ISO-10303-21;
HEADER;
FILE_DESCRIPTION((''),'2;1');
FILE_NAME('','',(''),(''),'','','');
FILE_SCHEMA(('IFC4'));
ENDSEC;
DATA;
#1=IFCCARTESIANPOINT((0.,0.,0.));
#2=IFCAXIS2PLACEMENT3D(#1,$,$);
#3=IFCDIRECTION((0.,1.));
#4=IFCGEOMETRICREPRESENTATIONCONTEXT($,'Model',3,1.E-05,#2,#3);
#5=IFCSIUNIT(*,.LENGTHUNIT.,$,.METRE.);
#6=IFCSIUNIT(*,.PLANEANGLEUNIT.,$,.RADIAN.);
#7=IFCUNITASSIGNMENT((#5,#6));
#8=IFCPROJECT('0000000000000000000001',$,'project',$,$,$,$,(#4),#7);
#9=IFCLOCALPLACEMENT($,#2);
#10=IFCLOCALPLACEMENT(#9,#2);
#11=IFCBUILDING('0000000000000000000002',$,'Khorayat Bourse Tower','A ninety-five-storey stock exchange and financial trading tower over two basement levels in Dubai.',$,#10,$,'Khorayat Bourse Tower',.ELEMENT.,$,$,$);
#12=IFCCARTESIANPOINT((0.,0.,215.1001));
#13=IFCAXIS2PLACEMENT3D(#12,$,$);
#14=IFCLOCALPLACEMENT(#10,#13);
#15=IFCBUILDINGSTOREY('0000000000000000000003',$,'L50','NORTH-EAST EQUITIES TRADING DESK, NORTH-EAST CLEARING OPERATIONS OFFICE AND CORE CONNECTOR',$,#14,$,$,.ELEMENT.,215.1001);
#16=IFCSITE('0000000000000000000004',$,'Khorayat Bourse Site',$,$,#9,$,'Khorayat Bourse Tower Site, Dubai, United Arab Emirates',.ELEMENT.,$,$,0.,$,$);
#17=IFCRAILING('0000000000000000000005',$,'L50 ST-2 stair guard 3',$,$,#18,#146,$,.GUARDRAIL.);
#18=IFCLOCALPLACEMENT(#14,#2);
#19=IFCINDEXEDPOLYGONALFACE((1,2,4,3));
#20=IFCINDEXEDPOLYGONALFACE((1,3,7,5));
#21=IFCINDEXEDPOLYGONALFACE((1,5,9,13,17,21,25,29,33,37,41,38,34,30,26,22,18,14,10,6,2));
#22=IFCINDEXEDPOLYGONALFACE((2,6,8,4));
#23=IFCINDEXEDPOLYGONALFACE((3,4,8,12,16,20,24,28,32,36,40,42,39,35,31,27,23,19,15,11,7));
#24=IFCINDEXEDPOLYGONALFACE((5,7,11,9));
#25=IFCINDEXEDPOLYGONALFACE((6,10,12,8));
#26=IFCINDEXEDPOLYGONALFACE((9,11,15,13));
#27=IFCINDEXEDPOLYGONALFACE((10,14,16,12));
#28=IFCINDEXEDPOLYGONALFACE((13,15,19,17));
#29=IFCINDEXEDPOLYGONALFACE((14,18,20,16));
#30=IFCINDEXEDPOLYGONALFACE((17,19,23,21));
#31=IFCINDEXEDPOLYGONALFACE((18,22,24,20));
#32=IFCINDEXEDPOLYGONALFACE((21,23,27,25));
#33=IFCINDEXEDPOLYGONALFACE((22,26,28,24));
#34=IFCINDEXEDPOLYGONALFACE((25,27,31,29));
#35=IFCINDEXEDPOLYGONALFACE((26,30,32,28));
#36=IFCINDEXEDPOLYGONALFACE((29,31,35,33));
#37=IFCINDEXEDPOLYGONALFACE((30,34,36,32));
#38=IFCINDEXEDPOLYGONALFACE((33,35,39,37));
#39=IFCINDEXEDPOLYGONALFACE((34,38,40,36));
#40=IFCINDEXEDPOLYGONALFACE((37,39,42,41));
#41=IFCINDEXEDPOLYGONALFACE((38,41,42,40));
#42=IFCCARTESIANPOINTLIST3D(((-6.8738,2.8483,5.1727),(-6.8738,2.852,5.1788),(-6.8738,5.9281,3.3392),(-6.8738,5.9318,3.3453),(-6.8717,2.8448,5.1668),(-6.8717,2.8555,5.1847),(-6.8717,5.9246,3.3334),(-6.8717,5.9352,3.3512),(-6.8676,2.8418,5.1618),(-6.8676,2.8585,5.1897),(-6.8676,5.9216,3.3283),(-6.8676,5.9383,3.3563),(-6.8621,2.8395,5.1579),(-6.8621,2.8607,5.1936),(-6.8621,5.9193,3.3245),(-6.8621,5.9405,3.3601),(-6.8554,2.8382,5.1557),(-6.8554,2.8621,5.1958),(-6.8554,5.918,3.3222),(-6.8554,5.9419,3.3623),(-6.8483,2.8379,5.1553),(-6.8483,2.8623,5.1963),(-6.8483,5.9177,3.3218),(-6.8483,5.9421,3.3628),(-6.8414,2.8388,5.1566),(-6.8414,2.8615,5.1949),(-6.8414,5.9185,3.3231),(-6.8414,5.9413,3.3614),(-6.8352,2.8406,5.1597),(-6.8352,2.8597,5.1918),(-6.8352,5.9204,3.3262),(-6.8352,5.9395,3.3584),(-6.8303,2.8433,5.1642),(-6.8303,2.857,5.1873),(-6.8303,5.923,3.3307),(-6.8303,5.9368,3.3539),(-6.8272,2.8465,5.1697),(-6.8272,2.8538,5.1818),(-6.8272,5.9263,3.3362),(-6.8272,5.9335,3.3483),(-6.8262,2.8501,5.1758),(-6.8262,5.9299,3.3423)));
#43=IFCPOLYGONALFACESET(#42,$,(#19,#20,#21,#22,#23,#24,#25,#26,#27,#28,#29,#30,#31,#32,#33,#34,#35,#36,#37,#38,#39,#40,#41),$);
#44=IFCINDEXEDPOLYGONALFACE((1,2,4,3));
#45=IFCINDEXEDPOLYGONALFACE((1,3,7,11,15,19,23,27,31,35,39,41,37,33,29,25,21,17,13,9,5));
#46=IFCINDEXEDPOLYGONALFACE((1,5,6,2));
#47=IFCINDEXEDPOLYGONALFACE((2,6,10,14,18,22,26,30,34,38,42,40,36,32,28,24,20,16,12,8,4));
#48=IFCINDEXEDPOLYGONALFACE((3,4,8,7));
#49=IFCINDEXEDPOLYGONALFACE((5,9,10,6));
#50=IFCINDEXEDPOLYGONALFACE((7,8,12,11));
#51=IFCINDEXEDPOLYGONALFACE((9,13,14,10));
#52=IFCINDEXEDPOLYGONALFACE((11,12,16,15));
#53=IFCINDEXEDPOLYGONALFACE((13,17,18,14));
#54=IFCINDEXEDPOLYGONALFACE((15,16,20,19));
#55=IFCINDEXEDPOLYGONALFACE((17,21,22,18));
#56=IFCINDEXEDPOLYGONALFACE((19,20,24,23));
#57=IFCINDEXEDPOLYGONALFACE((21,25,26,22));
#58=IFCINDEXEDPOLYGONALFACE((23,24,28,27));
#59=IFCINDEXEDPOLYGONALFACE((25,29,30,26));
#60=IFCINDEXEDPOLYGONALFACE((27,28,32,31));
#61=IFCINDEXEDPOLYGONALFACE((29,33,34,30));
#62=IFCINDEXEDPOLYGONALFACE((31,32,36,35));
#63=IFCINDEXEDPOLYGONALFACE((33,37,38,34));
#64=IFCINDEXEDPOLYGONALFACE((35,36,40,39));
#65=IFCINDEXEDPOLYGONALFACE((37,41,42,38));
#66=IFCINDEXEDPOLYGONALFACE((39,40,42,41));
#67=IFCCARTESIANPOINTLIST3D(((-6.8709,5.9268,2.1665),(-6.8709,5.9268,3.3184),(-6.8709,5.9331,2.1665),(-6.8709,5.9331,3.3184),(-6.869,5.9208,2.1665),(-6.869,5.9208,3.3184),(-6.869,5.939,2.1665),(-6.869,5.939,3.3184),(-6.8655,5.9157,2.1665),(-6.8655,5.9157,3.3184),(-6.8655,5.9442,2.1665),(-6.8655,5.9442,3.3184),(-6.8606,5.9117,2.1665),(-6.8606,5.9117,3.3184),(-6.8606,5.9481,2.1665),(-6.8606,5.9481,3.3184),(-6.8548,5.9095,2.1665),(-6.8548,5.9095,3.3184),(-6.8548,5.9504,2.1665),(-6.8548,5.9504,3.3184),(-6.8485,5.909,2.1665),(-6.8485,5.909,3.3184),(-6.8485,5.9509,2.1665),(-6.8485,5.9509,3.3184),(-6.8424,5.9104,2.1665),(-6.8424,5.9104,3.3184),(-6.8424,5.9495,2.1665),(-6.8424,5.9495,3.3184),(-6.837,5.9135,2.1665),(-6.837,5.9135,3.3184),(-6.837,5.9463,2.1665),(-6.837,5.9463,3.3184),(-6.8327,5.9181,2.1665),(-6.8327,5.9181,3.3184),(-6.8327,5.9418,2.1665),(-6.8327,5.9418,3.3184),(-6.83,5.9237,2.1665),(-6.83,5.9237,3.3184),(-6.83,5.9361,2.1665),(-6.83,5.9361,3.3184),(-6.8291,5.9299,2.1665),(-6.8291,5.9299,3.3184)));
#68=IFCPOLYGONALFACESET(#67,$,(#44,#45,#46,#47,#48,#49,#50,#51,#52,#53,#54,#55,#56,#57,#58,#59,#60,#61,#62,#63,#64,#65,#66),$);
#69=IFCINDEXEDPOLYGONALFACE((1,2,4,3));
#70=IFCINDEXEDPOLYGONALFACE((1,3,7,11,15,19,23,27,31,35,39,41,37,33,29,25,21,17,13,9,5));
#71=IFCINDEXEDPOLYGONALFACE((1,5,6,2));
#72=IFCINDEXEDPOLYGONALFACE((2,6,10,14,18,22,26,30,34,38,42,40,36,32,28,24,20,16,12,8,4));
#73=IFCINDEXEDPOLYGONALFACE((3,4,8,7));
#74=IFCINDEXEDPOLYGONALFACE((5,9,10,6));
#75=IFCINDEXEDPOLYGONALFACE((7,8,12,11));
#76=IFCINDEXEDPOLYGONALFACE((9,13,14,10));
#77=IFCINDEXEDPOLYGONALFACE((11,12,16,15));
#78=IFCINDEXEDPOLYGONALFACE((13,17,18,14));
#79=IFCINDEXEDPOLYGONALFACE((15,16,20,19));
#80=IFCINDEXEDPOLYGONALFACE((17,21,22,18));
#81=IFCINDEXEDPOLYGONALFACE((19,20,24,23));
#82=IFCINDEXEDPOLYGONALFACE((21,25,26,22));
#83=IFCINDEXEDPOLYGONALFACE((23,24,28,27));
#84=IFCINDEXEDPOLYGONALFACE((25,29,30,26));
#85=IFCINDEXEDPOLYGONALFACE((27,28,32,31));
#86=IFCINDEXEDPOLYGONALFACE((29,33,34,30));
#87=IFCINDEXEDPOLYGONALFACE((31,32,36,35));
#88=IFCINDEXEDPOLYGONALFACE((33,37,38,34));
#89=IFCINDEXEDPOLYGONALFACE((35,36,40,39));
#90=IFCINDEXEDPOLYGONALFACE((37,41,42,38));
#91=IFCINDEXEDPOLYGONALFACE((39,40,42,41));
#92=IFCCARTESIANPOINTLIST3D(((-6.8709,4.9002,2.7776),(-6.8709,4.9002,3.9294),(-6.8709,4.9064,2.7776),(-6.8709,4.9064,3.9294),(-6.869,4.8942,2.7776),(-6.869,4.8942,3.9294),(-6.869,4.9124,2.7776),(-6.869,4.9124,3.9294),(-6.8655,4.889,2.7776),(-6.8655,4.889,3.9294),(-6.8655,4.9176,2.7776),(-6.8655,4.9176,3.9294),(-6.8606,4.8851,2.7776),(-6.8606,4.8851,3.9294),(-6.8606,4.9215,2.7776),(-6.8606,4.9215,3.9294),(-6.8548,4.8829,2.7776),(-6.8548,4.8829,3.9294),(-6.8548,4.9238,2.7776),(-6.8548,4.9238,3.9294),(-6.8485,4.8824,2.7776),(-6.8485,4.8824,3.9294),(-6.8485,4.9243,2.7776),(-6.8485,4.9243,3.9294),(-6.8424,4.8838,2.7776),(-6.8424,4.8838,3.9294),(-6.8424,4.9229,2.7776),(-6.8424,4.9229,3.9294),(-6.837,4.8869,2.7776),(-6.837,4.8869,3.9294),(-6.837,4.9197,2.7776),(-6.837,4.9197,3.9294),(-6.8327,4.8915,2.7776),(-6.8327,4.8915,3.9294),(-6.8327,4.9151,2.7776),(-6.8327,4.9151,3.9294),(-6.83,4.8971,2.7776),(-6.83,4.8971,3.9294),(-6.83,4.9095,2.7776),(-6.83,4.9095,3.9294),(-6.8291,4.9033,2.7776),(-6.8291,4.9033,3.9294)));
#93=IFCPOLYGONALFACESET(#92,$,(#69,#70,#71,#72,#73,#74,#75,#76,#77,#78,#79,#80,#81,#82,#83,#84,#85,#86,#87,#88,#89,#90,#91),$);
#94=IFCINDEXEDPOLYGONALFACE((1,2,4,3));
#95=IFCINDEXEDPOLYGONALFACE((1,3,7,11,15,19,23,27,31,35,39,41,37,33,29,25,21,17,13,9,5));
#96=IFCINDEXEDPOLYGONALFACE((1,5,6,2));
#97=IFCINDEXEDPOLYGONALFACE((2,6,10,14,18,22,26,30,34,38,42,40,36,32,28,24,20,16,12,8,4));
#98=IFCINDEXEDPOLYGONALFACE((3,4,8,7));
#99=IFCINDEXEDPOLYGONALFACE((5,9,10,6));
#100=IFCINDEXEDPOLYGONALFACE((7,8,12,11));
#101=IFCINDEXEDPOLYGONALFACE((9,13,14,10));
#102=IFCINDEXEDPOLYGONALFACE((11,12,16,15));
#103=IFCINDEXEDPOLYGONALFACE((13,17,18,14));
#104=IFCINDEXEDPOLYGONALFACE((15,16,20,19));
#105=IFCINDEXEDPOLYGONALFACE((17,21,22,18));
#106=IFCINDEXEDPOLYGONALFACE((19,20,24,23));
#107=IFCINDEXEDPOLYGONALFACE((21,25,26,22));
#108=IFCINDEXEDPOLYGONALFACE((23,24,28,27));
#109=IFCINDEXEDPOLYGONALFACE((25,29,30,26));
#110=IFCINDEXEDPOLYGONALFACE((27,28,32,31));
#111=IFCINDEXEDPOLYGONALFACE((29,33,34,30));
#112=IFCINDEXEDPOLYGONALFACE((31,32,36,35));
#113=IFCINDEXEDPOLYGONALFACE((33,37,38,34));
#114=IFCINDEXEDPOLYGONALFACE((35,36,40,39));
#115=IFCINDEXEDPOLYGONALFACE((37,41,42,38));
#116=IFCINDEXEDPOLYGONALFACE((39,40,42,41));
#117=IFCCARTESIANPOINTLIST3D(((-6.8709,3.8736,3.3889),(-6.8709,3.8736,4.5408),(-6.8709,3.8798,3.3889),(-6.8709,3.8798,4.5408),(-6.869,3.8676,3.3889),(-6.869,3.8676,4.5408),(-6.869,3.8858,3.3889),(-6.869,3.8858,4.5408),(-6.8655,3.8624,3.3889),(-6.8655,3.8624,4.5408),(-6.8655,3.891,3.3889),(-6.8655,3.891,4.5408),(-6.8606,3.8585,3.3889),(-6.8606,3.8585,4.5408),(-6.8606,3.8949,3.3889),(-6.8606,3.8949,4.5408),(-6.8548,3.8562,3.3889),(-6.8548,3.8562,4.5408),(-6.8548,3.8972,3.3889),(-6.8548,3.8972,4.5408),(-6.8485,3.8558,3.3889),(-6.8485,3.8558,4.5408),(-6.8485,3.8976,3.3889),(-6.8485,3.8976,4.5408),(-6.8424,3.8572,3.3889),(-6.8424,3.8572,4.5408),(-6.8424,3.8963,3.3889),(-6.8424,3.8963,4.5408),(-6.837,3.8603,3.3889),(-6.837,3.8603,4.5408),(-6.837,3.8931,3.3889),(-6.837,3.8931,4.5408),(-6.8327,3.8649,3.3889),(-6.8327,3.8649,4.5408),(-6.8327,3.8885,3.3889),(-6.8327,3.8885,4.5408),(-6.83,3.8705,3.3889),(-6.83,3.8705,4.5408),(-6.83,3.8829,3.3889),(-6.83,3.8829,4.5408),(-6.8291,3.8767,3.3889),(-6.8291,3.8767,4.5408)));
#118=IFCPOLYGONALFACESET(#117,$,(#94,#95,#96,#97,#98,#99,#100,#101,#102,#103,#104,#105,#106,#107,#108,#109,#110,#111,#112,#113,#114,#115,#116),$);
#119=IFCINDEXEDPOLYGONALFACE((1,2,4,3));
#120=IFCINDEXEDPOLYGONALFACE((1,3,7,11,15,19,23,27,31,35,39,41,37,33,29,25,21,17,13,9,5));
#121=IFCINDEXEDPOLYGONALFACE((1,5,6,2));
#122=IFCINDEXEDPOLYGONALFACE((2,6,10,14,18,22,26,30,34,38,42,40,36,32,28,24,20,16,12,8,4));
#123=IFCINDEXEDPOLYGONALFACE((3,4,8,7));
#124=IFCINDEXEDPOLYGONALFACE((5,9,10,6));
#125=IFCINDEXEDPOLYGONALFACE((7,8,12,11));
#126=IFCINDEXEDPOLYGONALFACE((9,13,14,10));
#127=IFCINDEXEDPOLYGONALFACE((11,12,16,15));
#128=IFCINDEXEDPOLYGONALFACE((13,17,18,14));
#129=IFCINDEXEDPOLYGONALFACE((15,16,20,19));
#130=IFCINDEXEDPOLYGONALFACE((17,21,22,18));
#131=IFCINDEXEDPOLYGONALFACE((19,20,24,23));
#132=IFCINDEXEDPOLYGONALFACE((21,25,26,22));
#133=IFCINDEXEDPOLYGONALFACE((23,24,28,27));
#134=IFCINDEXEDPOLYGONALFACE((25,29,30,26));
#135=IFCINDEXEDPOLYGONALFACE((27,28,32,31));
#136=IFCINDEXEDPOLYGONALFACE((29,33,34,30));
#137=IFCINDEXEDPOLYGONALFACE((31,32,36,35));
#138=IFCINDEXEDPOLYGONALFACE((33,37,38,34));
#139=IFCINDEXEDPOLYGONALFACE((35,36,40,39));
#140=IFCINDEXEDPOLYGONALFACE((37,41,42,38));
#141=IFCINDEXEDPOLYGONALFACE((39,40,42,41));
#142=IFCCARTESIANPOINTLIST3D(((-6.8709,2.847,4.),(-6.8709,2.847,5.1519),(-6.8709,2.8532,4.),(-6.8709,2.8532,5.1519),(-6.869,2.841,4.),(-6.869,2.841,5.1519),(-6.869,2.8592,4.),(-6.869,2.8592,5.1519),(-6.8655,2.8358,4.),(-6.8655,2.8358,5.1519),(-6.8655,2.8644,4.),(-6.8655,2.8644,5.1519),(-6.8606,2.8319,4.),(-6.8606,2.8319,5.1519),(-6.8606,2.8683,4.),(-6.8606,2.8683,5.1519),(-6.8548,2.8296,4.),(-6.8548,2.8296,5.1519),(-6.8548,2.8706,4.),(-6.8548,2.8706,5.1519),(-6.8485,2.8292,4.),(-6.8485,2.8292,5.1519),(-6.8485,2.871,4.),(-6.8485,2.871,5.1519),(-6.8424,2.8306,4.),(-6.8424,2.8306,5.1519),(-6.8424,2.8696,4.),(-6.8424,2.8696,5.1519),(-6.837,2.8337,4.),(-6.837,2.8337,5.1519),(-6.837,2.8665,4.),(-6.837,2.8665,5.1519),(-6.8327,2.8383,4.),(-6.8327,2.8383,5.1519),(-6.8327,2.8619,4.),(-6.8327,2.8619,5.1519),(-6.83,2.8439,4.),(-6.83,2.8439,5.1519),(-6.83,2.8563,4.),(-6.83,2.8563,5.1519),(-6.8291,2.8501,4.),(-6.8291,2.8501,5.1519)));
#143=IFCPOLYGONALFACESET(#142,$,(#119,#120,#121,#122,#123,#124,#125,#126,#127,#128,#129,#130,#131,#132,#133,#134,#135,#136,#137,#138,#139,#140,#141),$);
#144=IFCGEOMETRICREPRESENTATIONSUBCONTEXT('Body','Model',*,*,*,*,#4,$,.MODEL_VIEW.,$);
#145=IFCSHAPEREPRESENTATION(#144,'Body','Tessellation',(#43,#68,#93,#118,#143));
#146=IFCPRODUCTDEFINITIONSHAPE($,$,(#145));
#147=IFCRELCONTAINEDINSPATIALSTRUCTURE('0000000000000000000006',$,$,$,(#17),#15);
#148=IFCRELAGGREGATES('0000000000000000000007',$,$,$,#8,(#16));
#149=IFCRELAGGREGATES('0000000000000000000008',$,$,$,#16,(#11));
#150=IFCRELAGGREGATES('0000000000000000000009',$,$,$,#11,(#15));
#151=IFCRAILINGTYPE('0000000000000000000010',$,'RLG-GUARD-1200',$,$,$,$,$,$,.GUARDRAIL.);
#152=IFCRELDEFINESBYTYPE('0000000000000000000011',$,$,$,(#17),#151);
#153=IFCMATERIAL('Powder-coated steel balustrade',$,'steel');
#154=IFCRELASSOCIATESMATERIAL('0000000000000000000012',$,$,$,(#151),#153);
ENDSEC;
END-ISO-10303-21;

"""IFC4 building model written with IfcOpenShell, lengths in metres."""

from ifc_helpers import new_model, si_unit, direction, frame, origin, origin_2d, place, context, subcontext, project, spatial, circle, extrude, source, transform, mapped, material, type_object, element, save


model = new_model("IFC4")

# Units and contexts
model_context = context("Model", 3, precision=1e-05, world=origin(), true_north=direction((0.0, 1.0)))
body_context = subcontext(model_context, "Body", "Model", "MODEL_VIEW")
ifc_project = project(units=[si_unit("LENGTHUNIT", "METRE"), si_unit("PLANEANGLEUNIT", "RADIAN")], contexts=[model_context])

# Site, building, storey
site_placement = place(None, origin())
site = spatial("IfcSite", under=ifc_project, at=site_placement, Name="Khorayat Bourse Site", LongName="Khorayat Bourse Tower Site, Dubai, United Arab Emirates", CompositionType="ELEMENT", RefElevation=0.0)
building_placement = place(site_placement, origin())
building = spatial("IfcBuilding", under=site, at=building_placement, Name="Khorayat Bourse Tower", Description="A ninety-five-storey stock exchange and financial trading tower over two basement levels in Dubai.", LongName="Khorayat Bourse Tower", CompositionType="ELEMENT")
storey_placement = place(building_placement, frame((0.0, 0.0, 215.1001)))
storey = spatial("IfcBuildingStorey", under=building, at=storey_placement, Name="L50", Description="NORTH-EAST EQUITIES TRADING DESK, NORTH-EAST CLEARING OPERATIONS OFFICE AND CORE CONNECTOR", CompositionType="ELEMENT", Elevation=215.1001)

# Railing
ifc_material_1 = material(Name="Powder-coated steel balustrade", Category="steel")
railing_type_1 = type_object("IfcRailingType", Name="RLG-GUARD-1200", PredefinedType="GUARDRAIL", material=ifc_material_1)
shared_shape_1 = source(origin(), body_context, "Body", "SweptSolid", [
    extrude(circle(Radius=0.0239, at=origin_2d()), frame((0.0, 0.0, 1.1758), z_axis=(0.0, -0.859261, 0.511538), x_axis=(1.0, 0.0, 0.0)), (0.0, 0.0, 1.0), 3.5842),
    extrude(circle(Radius=0.021, at=origin_2d()), origin(), (0.0, 0.0, 1.0), 1.1519),
    extrude(circle(Radius=0.021, at=origin_2d()), frame((0.0, -1.0266, 0.6111)), (0.0, 0.0, 1.0), 1.1519),
    extrude(circle(Radius=0.021, at=origin_2d()), frame((0.0, -2.0532, 1.2224)), (0.0, 0.0, 1.0), 1.1519),
    extrude(circle(Radius=0.021, at=origin_2d()), frame((0.0, -3.0798, 1.8335)), (0.0, 0.0, 1.0), 1.1519),
])
railing_1_placement = place(storey_placement, frame((-6.8501, 5.9299, 2.1665)))
element("IfcRailing", 1, at=railing_1_placement, inside=storey, type_object=railing_type_1, Name="L50 ST-2 stair guard 3", PredefinedType="GUARDRAIL", context=body_context, shape_type="MappedRepresentation", body=[
    mapped(shared_shape_1, transform((0.0, 0.0, 0.0), scale=1.0)),
])

save(model, "model.ifc")
